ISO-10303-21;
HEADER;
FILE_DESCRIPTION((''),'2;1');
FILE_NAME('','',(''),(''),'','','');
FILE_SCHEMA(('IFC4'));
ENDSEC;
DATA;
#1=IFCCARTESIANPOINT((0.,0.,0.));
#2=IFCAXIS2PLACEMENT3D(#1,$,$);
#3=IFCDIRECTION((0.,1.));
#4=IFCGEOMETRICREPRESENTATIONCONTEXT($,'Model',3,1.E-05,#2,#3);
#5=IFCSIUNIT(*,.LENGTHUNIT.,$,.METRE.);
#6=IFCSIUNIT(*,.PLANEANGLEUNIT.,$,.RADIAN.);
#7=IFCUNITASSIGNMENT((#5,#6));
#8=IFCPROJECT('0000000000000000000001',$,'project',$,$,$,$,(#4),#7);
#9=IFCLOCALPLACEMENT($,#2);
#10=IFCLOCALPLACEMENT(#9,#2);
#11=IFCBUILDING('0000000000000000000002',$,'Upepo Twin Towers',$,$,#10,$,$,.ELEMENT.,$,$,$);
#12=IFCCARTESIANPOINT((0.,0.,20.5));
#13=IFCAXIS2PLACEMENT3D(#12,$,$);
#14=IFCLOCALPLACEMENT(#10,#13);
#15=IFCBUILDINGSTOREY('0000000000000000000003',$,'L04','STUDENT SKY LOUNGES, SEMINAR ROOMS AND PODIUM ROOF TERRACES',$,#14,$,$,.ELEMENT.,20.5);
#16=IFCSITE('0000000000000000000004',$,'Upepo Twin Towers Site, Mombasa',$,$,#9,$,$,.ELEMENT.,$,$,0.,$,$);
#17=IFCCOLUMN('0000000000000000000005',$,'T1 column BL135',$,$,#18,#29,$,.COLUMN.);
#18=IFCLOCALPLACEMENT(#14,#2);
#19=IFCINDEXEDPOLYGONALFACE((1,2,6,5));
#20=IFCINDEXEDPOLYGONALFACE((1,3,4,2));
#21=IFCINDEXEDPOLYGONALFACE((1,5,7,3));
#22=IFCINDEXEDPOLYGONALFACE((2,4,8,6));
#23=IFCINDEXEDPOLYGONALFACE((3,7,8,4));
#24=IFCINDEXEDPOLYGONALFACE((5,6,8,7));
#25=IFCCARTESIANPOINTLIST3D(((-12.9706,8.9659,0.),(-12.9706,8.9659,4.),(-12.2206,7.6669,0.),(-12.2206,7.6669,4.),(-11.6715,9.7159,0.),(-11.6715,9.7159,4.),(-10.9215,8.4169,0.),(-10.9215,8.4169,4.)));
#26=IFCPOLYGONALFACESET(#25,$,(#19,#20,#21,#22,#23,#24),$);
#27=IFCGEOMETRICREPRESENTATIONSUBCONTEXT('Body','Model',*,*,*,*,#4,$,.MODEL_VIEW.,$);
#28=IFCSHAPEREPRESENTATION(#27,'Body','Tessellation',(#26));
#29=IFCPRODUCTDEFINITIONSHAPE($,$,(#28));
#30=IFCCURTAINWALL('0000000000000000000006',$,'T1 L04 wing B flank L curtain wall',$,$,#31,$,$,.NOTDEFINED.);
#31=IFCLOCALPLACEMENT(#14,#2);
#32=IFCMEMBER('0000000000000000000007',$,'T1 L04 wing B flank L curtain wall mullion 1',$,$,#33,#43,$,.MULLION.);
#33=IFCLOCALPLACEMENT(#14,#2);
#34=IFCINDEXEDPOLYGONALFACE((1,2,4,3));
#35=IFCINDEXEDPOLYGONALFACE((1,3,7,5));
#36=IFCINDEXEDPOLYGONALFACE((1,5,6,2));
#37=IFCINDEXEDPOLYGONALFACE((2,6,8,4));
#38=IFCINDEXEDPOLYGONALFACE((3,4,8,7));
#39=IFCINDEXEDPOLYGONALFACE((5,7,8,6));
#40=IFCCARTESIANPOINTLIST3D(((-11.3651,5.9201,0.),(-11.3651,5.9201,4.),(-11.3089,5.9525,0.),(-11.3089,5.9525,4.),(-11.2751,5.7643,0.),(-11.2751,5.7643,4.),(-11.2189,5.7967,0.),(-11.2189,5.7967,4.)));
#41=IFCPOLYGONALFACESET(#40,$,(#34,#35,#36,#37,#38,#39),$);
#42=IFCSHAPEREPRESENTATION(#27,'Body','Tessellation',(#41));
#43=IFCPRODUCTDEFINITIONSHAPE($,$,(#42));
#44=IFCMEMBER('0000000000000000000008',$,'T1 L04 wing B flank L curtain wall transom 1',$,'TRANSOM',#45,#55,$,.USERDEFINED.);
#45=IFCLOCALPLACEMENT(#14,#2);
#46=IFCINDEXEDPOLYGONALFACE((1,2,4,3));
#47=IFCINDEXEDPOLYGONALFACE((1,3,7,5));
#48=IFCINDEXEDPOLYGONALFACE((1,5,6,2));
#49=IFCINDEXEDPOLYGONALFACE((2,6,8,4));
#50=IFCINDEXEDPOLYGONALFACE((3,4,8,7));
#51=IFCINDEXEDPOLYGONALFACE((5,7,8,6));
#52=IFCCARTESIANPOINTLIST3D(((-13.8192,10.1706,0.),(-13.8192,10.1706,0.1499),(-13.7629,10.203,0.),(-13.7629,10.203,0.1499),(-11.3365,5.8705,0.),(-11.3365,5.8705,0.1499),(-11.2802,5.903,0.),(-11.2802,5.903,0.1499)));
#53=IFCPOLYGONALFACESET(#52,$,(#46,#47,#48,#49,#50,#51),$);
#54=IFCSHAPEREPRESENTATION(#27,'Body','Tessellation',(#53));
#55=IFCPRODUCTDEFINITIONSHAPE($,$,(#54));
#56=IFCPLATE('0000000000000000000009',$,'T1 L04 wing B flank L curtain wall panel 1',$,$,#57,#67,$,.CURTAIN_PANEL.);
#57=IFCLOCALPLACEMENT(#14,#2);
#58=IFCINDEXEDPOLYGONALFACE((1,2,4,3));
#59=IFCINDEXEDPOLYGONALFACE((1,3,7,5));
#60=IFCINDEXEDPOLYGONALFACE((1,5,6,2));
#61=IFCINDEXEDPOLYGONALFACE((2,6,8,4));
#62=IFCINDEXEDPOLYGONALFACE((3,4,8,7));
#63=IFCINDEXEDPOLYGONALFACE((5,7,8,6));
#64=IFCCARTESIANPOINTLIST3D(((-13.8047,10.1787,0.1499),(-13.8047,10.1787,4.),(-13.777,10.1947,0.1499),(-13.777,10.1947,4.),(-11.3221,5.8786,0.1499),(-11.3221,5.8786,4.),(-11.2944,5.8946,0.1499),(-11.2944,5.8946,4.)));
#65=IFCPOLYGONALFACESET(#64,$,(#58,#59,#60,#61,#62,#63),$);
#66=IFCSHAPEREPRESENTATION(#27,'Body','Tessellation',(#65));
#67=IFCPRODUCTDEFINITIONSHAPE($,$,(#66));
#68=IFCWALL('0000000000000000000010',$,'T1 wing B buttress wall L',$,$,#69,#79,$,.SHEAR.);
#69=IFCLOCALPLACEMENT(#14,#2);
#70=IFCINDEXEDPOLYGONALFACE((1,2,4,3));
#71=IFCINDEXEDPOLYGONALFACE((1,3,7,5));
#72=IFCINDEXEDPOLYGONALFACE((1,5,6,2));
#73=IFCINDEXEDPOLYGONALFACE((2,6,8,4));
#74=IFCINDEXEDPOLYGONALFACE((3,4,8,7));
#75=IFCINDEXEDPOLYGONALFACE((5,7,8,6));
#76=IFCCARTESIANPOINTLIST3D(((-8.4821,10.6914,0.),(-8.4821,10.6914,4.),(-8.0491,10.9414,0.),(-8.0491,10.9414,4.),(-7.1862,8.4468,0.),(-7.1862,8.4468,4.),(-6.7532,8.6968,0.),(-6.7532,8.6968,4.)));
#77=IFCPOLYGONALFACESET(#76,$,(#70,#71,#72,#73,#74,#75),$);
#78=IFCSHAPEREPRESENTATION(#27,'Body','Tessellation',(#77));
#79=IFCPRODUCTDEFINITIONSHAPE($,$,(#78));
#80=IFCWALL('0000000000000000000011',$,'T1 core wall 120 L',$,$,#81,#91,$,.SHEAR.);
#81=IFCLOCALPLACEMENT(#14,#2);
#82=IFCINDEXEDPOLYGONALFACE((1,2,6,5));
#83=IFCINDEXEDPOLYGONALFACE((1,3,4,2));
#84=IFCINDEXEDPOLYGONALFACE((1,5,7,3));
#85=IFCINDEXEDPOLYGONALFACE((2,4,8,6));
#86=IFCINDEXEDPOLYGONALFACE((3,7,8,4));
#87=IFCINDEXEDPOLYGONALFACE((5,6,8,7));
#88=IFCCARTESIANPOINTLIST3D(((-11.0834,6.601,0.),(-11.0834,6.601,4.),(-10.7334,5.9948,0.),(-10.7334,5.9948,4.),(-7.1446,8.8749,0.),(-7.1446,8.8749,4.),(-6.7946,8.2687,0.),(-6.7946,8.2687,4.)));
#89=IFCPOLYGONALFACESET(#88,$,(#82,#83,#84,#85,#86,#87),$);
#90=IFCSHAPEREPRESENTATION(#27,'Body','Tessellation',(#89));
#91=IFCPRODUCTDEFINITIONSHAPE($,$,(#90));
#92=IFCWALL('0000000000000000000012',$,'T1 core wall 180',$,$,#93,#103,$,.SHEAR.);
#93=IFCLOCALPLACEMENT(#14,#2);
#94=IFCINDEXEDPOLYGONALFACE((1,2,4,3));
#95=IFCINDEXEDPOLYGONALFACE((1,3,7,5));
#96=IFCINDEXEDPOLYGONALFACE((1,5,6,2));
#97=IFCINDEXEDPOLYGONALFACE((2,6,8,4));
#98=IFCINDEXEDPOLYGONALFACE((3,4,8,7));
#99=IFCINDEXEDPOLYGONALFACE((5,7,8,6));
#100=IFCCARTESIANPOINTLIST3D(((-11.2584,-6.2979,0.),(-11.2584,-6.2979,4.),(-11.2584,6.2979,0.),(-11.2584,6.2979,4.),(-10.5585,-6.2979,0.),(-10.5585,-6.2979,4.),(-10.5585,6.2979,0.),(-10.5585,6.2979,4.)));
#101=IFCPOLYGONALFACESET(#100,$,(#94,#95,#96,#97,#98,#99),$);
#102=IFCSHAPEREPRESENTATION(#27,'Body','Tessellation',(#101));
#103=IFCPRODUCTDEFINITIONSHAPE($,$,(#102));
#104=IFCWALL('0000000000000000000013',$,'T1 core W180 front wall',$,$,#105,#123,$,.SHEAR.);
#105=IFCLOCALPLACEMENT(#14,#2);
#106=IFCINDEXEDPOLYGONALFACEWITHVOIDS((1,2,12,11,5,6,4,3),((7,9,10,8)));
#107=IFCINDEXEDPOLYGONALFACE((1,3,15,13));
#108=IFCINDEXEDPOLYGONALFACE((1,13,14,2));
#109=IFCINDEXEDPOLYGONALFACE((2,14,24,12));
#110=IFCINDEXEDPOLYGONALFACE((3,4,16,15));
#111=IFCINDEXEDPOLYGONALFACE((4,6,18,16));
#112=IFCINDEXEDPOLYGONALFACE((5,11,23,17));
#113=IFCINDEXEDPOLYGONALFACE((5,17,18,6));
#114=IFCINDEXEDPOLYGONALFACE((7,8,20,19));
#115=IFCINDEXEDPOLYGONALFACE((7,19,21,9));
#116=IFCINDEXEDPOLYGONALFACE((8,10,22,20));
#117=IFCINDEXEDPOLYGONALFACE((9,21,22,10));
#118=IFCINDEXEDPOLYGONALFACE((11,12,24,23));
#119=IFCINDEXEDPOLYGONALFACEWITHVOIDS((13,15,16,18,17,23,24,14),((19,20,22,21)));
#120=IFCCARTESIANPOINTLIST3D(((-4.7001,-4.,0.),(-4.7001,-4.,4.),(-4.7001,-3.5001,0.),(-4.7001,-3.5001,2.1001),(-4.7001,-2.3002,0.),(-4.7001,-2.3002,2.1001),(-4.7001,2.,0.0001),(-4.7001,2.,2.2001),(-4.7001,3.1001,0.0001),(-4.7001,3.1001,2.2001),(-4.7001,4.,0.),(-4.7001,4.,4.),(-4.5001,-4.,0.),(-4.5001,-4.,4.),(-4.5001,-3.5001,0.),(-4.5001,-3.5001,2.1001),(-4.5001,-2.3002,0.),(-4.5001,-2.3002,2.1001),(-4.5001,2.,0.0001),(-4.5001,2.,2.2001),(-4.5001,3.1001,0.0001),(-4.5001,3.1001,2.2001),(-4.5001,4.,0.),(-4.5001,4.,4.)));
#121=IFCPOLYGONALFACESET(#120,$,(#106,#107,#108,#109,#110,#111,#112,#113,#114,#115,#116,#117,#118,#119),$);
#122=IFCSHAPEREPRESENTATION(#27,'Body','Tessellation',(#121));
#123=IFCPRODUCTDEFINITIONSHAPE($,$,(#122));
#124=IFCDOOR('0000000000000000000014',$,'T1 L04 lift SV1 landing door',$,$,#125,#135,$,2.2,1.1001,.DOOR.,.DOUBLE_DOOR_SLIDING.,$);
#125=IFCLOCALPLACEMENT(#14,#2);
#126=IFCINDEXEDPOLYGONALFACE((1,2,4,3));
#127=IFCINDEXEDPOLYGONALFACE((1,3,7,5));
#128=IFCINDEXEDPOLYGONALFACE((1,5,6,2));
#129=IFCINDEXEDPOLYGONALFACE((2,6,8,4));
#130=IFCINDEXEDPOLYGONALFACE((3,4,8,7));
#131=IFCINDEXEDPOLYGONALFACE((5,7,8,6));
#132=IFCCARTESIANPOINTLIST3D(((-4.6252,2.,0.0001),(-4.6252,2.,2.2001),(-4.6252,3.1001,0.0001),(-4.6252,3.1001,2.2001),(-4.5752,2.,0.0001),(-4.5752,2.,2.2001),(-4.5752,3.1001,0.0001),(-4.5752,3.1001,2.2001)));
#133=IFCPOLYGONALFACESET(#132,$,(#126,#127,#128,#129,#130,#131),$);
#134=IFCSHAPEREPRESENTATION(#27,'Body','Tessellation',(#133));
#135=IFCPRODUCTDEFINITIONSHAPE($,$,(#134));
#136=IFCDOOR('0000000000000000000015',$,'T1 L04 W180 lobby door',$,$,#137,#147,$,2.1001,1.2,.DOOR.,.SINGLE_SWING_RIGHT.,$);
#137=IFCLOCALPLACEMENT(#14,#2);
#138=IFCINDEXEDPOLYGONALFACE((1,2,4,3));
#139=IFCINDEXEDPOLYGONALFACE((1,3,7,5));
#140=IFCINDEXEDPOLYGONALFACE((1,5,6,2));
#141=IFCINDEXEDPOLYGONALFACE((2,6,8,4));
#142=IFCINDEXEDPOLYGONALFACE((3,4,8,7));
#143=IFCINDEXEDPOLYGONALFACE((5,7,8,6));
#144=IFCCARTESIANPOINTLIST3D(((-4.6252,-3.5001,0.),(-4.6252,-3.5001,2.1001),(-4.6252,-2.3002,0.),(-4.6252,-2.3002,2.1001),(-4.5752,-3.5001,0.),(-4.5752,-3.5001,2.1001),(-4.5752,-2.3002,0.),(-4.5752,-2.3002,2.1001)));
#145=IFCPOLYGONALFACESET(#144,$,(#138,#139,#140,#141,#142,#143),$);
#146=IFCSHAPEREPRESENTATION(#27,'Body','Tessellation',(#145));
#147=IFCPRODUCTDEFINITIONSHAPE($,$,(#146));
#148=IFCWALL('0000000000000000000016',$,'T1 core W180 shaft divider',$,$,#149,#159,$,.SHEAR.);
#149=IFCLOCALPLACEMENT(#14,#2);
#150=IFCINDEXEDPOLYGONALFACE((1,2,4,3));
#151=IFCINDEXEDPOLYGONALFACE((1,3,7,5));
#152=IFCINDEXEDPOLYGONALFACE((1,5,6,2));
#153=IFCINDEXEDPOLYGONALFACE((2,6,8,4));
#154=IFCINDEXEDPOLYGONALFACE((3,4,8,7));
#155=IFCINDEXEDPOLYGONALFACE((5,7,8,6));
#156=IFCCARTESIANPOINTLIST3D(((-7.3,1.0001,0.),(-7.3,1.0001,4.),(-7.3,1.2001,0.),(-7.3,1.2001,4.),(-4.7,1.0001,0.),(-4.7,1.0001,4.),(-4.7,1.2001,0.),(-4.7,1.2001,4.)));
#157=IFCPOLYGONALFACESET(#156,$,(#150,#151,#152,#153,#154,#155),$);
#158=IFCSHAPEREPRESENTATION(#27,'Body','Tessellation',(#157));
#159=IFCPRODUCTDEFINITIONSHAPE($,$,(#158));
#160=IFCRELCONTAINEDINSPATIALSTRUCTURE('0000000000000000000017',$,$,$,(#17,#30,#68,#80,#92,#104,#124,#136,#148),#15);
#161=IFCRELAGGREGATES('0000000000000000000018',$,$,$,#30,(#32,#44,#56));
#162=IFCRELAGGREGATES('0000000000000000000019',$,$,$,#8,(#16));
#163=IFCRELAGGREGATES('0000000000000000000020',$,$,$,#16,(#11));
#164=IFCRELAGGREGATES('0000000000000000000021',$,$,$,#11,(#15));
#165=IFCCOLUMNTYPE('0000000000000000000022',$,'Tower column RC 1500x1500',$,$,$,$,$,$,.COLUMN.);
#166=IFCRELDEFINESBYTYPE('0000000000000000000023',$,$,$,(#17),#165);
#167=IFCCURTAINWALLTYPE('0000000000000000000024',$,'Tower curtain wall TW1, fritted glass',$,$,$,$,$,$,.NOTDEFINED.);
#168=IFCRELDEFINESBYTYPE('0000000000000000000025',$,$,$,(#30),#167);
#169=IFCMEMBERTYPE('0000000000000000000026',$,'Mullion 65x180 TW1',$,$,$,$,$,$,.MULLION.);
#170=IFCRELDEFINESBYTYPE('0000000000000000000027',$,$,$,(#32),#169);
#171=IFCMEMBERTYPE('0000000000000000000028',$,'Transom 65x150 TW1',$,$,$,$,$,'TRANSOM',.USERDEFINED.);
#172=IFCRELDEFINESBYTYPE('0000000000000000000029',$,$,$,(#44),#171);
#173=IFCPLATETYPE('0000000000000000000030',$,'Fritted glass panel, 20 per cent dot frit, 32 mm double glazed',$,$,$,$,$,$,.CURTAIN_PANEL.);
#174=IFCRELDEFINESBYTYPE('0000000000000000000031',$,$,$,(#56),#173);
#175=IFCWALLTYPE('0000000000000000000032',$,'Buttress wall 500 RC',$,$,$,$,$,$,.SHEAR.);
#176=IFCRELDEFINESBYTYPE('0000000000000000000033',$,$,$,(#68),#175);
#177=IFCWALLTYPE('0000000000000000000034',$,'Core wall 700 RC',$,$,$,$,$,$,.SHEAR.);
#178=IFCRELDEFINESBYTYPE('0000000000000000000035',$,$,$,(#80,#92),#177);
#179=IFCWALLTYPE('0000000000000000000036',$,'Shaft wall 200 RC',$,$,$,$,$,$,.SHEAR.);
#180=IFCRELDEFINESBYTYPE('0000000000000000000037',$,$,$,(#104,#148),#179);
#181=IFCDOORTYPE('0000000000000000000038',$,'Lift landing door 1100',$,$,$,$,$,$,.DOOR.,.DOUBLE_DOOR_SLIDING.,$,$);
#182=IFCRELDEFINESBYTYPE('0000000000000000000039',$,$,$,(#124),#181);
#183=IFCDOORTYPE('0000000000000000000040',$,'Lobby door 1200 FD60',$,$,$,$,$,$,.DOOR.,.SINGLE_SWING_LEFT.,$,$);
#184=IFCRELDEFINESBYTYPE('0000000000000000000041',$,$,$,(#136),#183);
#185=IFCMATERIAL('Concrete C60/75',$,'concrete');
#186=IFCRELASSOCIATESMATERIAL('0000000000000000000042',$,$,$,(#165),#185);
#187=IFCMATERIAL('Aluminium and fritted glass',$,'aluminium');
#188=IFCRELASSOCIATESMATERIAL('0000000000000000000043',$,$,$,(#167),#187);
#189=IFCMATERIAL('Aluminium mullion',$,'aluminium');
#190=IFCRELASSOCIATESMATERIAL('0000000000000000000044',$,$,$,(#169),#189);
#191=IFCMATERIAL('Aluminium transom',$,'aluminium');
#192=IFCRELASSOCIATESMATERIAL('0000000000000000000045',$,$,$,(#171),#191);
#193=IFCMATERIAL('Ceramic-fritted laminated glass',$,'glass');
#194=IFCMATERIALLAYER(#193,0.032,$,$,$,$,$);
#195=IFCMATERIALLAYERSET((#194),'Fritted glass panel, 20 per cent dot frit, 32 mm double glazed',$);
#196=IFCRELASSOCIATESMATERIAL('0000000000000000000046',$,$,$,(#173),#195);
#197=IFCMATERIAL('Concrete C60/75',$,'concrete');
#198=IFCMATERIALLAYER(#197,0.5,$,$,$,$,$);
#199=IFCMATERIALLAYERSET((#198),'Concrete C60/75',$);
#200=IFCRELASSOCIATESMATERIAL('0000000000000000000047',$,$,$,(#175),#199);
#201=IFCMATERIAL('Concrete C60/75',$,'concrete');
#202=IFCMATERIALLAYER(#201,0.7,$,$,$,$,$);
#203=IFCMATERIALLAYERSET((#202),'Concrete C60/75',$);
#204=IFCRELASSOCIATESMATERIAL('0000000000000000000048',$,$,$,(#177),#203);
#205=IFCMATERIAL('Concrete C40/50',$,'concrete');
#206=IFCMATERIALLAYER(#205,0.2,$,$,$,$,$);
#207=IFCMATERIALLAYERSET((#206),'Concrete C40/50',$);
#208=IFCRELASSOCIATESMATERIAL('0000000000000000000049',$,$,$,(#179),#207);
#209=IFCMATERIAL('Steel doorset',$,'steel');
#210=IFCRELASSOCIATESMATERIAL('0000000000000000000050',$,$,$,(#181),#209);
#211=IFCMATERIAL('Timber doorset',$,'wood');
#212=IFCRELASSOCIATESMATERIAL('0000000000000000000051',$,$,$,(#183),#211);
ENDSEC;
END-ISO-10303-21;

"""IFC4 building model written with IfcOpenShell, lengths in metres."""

from ifc_helpers import new_model, si_unit, direction, frame, frame_2d, origin, origin_2d, place, context, subcontext, project, spatial, rectangle, extrude, material, layer, layer_set, material_profile, profile_set, type_object, element, fill, aggregate, save


model = new_model("IFC4")

# Units and contexts
model_context = context("Model", 3, precision=1e-05, world=origin(), true_north=direction((0.0, 1.0)))
body_context = subcontext(model_context, "Body", "Model", "MODEL_VIEW")
ifc_project = project(units=[si_unit("LENGTHUNIT", "METRE"), si_unit("PLANEANGLEUNIT", "RADIAN")], contexts=[model_context])

# Site, building, storey
site_placement = place(None, origin())
site = spatial("IfcSite", under=ifc_project, at=site_placement, Name="Upepo Twin Towers Site, Mombasa", CompositionType="ELEMENT", RefElevation=0.0)
building_placement = place(site_placement, origin())
building = spatial("IfcBuilding", under=site, at=building_placement, Name="Upepo Twin Towers", CompositionType="ELEMENT")
storey_placement = place(building_placement, frame((0.0, 0.0, 20.5)))
storey = spatial("IfcBuildingStorey", under=building, at=storey_placement, Name="L04", Description="STUDENT SKY LOUNGES, SEMINAR ROOMS AND PODIUM ROOF TERRACES", CompositionType="ELEMENT", Elevation=20.5)

# Column
ifc_material_1 = material(Name="Concrete C60/75", Category="concrete")
ifc_material_profile_1 = material_profile(ifc_material_1, rectangle(XDim=1.5, YDim=1.5, at=origin_2d()), Name="RC 1500x1500")
ifc_profile_set_1 = profile_set([ifc_material_profile_1], Name="Concrete C60/75")
column_type = type_object("IfcColumnType", Name="Tower column RC 1500x1500", PredefinedType="COLUMN", material=ifc_profile_set_1)
column_placement = place(storey_placement, frame((-11.946, 8.6914, 0.0), z_axis=(0.0, 0.0, 1.0), x_axis=(0.866025, 0.5, 0.0)))
element("IfcColumn", 1, at=column_placement, inside=storey, type_object=column_type, Name="T1 column BL135", PredefinedType="COLUMN", context=body_context, shape_type="SweptSolid", body=[
    extrude(rectangle(XDim=1.5, YDim=1.5, at=origin_2d()), origin(), (0.0, 0.0, 1.0), 4.0),
])

# Curtain wall, members, plate
ifc_material_2 = material(Name="Aluminium and fritted glass", Category="aluminium")
curtain_wall_type = type_object("IfcCurtainWallType", Name="Tower curtain wall TW1, fritted glass", PredefinedType="NOTDEFINED", material=ifc_material_2)
curtain_wall_placement = place(storey_placement, origin())
curtain_wall = element("IfcCurtainWall", 2, at=curtain_wall_placement, inside=storey, type_object=curtain_wall_type, Name="T1 L04 wing B flank L curtain wall", PredefinedType="NOTDEFINED")
ifc_material_3 = material(Name="Aluminium mullion", Category="aluminium")
ifc_material_profile_2 = material_profile(ifc_material_3, rectangle(XDim=0.0649, YDim=0.1799, at=origin_2d()), Name="MULLION 65x180")
ifc_profile_set_2 = profile_set([ifc_material_profile_2], Name="Aluminium mullion")
member_type_1 = type_object("IfcMemberType", Name="Mullion 65x180 TW1", PredefinedType="MULLION", material=ifc_profile_set_2)
member_1_placement = place(storey_placement, frame((-11.292, 5.8584, 0.0), z_axis=(0.0, 0.0, 1.0), x_axis=(-0.866025, -0.5, 0.0)))
member_1 = element("IfcMember", 3, at=member_1_placement, type_object=member_type_1, Name="T1 L04 wing B flank L curtain wall mullion 1", PredefinedType="MULLION", context=body_context, shape_type="SweptSolid", body=[
    extrude(rectangle(XDim=0.0649, YDim=0.1799, at=origin_2d()), origin(), (0.0, 0.0, 1.0), 4.0),
])
ifc_material_4 = material(Name="Aluminium transom", Category="aluminium")
ifc_material_profile_3 = material_profile(ifc_material_4, rectangle(XDim=0.0649, YDim=0.1499, at=origin_2d()), Name="TRANSOM 65x150")
ifc_profile_set_3 = profile_set([ifc_material_profile_3], Name="Aluminium transom")
member_type_2 = type_object("IfcMemberType", Name="Transom 65x150 TW1", ElementType="TRANSOM", PredefinedType="USERDEFINED", material=ifc_profile_set_3)
member_2_placement = place(storey_placement, frame((-11.3083, 5.8867, 0.075), z_axis=(-0.500005, 0.866023, 0.0), x_axis=(-0.866023, -0.500005, 0.0)))
member_2 = element("IfcMember", 4, at=member_2_placement, type_object=member_type_2, Name="T1 L04 wing B flank L curtain wall transom 1", ObjectType="TRANSOM", PredefinedType="USERDEFINED", context=body_context, shape_type="SweptSolid", body=[
    extrude(rectangle(XDim=0.0649, YDim=0.1499, at=origin_2d()), origin(), (0.0, 0.0, 1.0), 4.9653),
])
ifc_material_5 = material(Name="Ceramic-fritted laminated glass", Category="glass")
ifc_layer_1 = layer(ifc_material_5, 0.032)
ifc_layer_set_1 = layer_set([ifc_layer_1], Name="Fritted glass panel, 20 per cent dot frit, 32 mm double glazed")
plate_type = type_object("IfcPlateType", Name="Fritted glass panel, 20 per cent dot frit, 32 mm double glazed", PredefinedType="CURTAIN_PANEL", material=ifc_layer_set_1)
plate_placement = place(storey_placement, frame((-12.5496, 8.0366, 0.1499), z_axis=(0.0, 0.0, 1.0), x_axis=(-0.5, 0.866025, 0.0)))
plate = element("IfcPlate", 5, at=plate_placement, type_object=plate_type, Name="T1 L04 wing B flank L curtain wall panel 1", PredefinedType="CURTAIN_PANEL", context=body_context, shape_type="SweptSolid", body=[
    extrude(rectangle(XDim=4.9653, YDim=0.032, at=origin_2d()), origin(), (0.0, 0.0, 1.0), 3.8501),
])
aggregate(curtain_wall, [member_1, member_2, plate])

# Walls
ifc_material_6 = material(Name="Concrete C60/75", Category="concrete")
ifc_layer_2 = layer(ifc_material_6, 0.5)
ifc_layer_set_2 = layer_set([ifc_layer_2], Name="Concrete C60/75")
wall_type_1 = type_object("IfcWallType", Name="Buttress wall 500 RC", PredefinedType="SHEAR", material=ifc_layer_set_2)
wall_1_placement = place(storey_placement, frame((-6.9697, 8.5718, 0.0), z_axis=(0.0, 0.0, 1.0), x_axis=(-0.499989, 0.866032, 0.0)))
element("IfcWall", 6, at=wall_1_placement, inside=storey, type_object=wall_type_1, Name="T1 wing B buttress wall L", PredefinedType="SHEAR", context=body_context, shape_type="SweptSolid", body=[
    extrude(rectangle(XDim=2.5918, YDim=0.5, at=frame_2d((1.2959, 0.0))), origin(), (0.0, 0.0, 1.0), 4.0),
])
ifc_material_7 = material(Name="Concrete C60/75", Category="concrete")
ifc_layer_3 = layer(ifc_material_7, 0.7)
ifc_layer_set_3 = layer_set([ifc_layer_3], Name="Concrete C60/75")
wall_type_2 = type_object("IfcWallType", Name="Core wall 700 RC", PredefinedType="SHEAR", material=ifc_layer_set_3)
wall_2_placement = place(storey_placement, frame((-6.9697, 8.5718, 0.0), z_axis=(0.0, 0.0, 1.0), x_axis=(-0.866035, -0.499984, 0.0)))
element("IfcWall", 7, at=wall_2_placement, inside=storey, type_object=wall_type_2, Name="T1 core wall 120 L", PredefinedType="SHEAR", context=body_context, shape_type="SweptSolid", body=[
    extrude(rectangle(XDim=4.5481, YDim=0.7, at=frame_2d((2.2739, 0.0))), origin(), (0.0, 0.0, 1.0), 4.0),
])
wall_3_placement = place(storey_placement, frame((-10.9084, 6.2979, 0.0), z_axis=(0.0, 0.0, 1.0), x_axis=(0.0, -1.0, 0.0)))
element("IfcWall", 8, at=wall_3_placement, inside=storey, type_object=wall_type_2, Name="T1 core wall 180", PredefinedType="SHEAR", context=body_context, shape_type="SweptSolid", body=[
    extrude(rectangle(XDim=12.5957, YDim=0.7, at=frame_2d((6.2979, 0.0))), origin(), (0.0, 0.0, 1.0), 4.0),
])

# Wall, openings, doors
ifc_material_8 = material(Name="Concrete C40/50", Category="concrete")
ifc_layer_4 = layer(ifc_material_8, 0.2)
ifc_layer_set_4 = layer_set([ifc_layer_4], Name="Concrete C40/50")
wall_type_3 = type_object("IfcWallType", Name="Shaft wall 200 RC", PredefinedType="SHEAR", material=ifc_layer_set_4)
wall_4_placement = place(storey_placement, frame((-4.6001, 4.0, 0.0), z_axis=(0.0, 0.0, 1.0), x_axis=(0.0, -1.0, 0.0)))
wall_4 = element("IfcWall", 9, at=wall_4_placement, inside=storey, type_object=wall_type_3, Name="T1 core W180 front wall", PredefinedType="SHEAR", context=body_context, shape_type="SweptSolid", body=[
    extrude(rectangle(XDim=8.0, YDim=0.2, at=frame_2d((4.0, 0.0))), origin(), (0.0, 0.0, 1.0), 4.0),
])
opening_1_placement = place(wall_4_placement, frame((6.3, 0.0, 0.0)))
opening_1 = element("IfcOpeningElement", 10, at=opening_1_placement, cuts=wall_4, PredefinedType="OPENING", context=body_context, shape_type="SweptSolid", body=[
    extrude(rectangle(XDim=1.2, YDim=2.1001, at=frame_2d((0.6001, 1.05))), frame((0.0, 0.1099, 0.0), z_axis=(0.0, -1.0, 0.0), x_axis=(1.0, 0.0, 0.0)), (0.0, 0.0, 1.0), 0.22),
])
opening_2_placement = place(wall_4_placement, frame((0.8999, 0.0, 0.0)))
opening_2 = element("IfcOpeningElement", 11, at=opening_2_placement, cuts=wall_4, PredefinedType="OPENING", context=body_context, shape_type="SweptSolid", body=[
    extrude(rectangle(XDim=1.1001, YDim=2.2, at=frame_2d((0.55, 1.1001))), frame((0.0, 0.1099, 0.0), z_axis=(0.0, -1.0, 0.0), x_axis=(1.0, 0.0, 0.0)), (0.0, 0.0, 1.0), 0.22),
])
ifc_material_9 = material(Name="Steel doorset", Category="steel")
door_type_1 = type_object("IfcDoorType", Name="Lift landing door 1100", OperationType="DOUBLE_DOOR_SLIDING", PredefinedType="DOOR", material=ifc_material_9)
door_1_placement = place(opening_2_placement, origin())
door_1 = element("IfcDoor", 12, at=door_1_placement, inside=storey, type_object=door_type_1, Name="T1 L04 lift SV1 landing door", OperationType="DOUBLE_DOOR_SLIDING", OverallHeight=2.2, OverallWidth=1.1001, PredefinedType="DOOR", context=body_context, shape_type="SweptSolid", body=[
    extrude(rectangle(XDim=1.1001, YDim=2.2, at=frame_2d((0.55, 1.1001))), frame((0.0, 0.0249, 0.0), z_axis=(0.0, -1.0, 0.0), x_axis=(1.0, 0.0, 0.0)), (0.0, 0.0, 1.0), 0.05),
])
fill(opening_2, door_1)
ifc_material_10 = material(Name="Timber doorset", Category="wood")
door_type_2 = type_object("IfcDoorType", Name="Lobby door 1200 FD60", OperationType="SINGLE_SWING_LEFT", PredefinedType="DOOR", material=ifc_material_10)
door_2_placement = place(opening_1_placement, origin())
door_2 = element("IfcDoor", 13, at=door_2_placement, inside=storey, type_object=door_type_2, Name="T1 L04 W180 lobby door", OperationType="SINGLE_SWING_RIGHT", OverallHeight=2.1001, OverallWidth=1.2, PredefinedType="DOOR", context=body_context, shape_type="SweptSolid", body=[
    extrude(rectangle(XDim=1.2, YDim=2.1001, at=frame_2d((0.6001, 1.05))), frame((0.0, 0.0249, 0.0), z_axis=(0.0, -1.0, 0.0), x_axis=(1.0, 0.0, 0.0)), (0.0, 0.0, 1.0), 0.05),
])
fill(opening_1, door_2)

# Wall
wall_5_placement = place(storey_placement, frame((-4.7, 1.1001, 0.0), z_axis=(0.0, 0.0, 1.0), x_axis=(-1.0, 0.0, 0.0)))
element("IfcWall", 14, at=wall_5_placement, inside=storey, type_object=wall_type_3, Name="T1 core W180 shaft divider", PredefinedType="SHEAR", context=body_context, shape_type="SweptSolid", body=[
    extrude(rectangle(XDim=2.6001, YDim=0.2, at=frame_2d((1.3, 0.0))), origin(), (0.0, 0.0, 1.0), 4.0),
])

save(model, "model.ifc")
